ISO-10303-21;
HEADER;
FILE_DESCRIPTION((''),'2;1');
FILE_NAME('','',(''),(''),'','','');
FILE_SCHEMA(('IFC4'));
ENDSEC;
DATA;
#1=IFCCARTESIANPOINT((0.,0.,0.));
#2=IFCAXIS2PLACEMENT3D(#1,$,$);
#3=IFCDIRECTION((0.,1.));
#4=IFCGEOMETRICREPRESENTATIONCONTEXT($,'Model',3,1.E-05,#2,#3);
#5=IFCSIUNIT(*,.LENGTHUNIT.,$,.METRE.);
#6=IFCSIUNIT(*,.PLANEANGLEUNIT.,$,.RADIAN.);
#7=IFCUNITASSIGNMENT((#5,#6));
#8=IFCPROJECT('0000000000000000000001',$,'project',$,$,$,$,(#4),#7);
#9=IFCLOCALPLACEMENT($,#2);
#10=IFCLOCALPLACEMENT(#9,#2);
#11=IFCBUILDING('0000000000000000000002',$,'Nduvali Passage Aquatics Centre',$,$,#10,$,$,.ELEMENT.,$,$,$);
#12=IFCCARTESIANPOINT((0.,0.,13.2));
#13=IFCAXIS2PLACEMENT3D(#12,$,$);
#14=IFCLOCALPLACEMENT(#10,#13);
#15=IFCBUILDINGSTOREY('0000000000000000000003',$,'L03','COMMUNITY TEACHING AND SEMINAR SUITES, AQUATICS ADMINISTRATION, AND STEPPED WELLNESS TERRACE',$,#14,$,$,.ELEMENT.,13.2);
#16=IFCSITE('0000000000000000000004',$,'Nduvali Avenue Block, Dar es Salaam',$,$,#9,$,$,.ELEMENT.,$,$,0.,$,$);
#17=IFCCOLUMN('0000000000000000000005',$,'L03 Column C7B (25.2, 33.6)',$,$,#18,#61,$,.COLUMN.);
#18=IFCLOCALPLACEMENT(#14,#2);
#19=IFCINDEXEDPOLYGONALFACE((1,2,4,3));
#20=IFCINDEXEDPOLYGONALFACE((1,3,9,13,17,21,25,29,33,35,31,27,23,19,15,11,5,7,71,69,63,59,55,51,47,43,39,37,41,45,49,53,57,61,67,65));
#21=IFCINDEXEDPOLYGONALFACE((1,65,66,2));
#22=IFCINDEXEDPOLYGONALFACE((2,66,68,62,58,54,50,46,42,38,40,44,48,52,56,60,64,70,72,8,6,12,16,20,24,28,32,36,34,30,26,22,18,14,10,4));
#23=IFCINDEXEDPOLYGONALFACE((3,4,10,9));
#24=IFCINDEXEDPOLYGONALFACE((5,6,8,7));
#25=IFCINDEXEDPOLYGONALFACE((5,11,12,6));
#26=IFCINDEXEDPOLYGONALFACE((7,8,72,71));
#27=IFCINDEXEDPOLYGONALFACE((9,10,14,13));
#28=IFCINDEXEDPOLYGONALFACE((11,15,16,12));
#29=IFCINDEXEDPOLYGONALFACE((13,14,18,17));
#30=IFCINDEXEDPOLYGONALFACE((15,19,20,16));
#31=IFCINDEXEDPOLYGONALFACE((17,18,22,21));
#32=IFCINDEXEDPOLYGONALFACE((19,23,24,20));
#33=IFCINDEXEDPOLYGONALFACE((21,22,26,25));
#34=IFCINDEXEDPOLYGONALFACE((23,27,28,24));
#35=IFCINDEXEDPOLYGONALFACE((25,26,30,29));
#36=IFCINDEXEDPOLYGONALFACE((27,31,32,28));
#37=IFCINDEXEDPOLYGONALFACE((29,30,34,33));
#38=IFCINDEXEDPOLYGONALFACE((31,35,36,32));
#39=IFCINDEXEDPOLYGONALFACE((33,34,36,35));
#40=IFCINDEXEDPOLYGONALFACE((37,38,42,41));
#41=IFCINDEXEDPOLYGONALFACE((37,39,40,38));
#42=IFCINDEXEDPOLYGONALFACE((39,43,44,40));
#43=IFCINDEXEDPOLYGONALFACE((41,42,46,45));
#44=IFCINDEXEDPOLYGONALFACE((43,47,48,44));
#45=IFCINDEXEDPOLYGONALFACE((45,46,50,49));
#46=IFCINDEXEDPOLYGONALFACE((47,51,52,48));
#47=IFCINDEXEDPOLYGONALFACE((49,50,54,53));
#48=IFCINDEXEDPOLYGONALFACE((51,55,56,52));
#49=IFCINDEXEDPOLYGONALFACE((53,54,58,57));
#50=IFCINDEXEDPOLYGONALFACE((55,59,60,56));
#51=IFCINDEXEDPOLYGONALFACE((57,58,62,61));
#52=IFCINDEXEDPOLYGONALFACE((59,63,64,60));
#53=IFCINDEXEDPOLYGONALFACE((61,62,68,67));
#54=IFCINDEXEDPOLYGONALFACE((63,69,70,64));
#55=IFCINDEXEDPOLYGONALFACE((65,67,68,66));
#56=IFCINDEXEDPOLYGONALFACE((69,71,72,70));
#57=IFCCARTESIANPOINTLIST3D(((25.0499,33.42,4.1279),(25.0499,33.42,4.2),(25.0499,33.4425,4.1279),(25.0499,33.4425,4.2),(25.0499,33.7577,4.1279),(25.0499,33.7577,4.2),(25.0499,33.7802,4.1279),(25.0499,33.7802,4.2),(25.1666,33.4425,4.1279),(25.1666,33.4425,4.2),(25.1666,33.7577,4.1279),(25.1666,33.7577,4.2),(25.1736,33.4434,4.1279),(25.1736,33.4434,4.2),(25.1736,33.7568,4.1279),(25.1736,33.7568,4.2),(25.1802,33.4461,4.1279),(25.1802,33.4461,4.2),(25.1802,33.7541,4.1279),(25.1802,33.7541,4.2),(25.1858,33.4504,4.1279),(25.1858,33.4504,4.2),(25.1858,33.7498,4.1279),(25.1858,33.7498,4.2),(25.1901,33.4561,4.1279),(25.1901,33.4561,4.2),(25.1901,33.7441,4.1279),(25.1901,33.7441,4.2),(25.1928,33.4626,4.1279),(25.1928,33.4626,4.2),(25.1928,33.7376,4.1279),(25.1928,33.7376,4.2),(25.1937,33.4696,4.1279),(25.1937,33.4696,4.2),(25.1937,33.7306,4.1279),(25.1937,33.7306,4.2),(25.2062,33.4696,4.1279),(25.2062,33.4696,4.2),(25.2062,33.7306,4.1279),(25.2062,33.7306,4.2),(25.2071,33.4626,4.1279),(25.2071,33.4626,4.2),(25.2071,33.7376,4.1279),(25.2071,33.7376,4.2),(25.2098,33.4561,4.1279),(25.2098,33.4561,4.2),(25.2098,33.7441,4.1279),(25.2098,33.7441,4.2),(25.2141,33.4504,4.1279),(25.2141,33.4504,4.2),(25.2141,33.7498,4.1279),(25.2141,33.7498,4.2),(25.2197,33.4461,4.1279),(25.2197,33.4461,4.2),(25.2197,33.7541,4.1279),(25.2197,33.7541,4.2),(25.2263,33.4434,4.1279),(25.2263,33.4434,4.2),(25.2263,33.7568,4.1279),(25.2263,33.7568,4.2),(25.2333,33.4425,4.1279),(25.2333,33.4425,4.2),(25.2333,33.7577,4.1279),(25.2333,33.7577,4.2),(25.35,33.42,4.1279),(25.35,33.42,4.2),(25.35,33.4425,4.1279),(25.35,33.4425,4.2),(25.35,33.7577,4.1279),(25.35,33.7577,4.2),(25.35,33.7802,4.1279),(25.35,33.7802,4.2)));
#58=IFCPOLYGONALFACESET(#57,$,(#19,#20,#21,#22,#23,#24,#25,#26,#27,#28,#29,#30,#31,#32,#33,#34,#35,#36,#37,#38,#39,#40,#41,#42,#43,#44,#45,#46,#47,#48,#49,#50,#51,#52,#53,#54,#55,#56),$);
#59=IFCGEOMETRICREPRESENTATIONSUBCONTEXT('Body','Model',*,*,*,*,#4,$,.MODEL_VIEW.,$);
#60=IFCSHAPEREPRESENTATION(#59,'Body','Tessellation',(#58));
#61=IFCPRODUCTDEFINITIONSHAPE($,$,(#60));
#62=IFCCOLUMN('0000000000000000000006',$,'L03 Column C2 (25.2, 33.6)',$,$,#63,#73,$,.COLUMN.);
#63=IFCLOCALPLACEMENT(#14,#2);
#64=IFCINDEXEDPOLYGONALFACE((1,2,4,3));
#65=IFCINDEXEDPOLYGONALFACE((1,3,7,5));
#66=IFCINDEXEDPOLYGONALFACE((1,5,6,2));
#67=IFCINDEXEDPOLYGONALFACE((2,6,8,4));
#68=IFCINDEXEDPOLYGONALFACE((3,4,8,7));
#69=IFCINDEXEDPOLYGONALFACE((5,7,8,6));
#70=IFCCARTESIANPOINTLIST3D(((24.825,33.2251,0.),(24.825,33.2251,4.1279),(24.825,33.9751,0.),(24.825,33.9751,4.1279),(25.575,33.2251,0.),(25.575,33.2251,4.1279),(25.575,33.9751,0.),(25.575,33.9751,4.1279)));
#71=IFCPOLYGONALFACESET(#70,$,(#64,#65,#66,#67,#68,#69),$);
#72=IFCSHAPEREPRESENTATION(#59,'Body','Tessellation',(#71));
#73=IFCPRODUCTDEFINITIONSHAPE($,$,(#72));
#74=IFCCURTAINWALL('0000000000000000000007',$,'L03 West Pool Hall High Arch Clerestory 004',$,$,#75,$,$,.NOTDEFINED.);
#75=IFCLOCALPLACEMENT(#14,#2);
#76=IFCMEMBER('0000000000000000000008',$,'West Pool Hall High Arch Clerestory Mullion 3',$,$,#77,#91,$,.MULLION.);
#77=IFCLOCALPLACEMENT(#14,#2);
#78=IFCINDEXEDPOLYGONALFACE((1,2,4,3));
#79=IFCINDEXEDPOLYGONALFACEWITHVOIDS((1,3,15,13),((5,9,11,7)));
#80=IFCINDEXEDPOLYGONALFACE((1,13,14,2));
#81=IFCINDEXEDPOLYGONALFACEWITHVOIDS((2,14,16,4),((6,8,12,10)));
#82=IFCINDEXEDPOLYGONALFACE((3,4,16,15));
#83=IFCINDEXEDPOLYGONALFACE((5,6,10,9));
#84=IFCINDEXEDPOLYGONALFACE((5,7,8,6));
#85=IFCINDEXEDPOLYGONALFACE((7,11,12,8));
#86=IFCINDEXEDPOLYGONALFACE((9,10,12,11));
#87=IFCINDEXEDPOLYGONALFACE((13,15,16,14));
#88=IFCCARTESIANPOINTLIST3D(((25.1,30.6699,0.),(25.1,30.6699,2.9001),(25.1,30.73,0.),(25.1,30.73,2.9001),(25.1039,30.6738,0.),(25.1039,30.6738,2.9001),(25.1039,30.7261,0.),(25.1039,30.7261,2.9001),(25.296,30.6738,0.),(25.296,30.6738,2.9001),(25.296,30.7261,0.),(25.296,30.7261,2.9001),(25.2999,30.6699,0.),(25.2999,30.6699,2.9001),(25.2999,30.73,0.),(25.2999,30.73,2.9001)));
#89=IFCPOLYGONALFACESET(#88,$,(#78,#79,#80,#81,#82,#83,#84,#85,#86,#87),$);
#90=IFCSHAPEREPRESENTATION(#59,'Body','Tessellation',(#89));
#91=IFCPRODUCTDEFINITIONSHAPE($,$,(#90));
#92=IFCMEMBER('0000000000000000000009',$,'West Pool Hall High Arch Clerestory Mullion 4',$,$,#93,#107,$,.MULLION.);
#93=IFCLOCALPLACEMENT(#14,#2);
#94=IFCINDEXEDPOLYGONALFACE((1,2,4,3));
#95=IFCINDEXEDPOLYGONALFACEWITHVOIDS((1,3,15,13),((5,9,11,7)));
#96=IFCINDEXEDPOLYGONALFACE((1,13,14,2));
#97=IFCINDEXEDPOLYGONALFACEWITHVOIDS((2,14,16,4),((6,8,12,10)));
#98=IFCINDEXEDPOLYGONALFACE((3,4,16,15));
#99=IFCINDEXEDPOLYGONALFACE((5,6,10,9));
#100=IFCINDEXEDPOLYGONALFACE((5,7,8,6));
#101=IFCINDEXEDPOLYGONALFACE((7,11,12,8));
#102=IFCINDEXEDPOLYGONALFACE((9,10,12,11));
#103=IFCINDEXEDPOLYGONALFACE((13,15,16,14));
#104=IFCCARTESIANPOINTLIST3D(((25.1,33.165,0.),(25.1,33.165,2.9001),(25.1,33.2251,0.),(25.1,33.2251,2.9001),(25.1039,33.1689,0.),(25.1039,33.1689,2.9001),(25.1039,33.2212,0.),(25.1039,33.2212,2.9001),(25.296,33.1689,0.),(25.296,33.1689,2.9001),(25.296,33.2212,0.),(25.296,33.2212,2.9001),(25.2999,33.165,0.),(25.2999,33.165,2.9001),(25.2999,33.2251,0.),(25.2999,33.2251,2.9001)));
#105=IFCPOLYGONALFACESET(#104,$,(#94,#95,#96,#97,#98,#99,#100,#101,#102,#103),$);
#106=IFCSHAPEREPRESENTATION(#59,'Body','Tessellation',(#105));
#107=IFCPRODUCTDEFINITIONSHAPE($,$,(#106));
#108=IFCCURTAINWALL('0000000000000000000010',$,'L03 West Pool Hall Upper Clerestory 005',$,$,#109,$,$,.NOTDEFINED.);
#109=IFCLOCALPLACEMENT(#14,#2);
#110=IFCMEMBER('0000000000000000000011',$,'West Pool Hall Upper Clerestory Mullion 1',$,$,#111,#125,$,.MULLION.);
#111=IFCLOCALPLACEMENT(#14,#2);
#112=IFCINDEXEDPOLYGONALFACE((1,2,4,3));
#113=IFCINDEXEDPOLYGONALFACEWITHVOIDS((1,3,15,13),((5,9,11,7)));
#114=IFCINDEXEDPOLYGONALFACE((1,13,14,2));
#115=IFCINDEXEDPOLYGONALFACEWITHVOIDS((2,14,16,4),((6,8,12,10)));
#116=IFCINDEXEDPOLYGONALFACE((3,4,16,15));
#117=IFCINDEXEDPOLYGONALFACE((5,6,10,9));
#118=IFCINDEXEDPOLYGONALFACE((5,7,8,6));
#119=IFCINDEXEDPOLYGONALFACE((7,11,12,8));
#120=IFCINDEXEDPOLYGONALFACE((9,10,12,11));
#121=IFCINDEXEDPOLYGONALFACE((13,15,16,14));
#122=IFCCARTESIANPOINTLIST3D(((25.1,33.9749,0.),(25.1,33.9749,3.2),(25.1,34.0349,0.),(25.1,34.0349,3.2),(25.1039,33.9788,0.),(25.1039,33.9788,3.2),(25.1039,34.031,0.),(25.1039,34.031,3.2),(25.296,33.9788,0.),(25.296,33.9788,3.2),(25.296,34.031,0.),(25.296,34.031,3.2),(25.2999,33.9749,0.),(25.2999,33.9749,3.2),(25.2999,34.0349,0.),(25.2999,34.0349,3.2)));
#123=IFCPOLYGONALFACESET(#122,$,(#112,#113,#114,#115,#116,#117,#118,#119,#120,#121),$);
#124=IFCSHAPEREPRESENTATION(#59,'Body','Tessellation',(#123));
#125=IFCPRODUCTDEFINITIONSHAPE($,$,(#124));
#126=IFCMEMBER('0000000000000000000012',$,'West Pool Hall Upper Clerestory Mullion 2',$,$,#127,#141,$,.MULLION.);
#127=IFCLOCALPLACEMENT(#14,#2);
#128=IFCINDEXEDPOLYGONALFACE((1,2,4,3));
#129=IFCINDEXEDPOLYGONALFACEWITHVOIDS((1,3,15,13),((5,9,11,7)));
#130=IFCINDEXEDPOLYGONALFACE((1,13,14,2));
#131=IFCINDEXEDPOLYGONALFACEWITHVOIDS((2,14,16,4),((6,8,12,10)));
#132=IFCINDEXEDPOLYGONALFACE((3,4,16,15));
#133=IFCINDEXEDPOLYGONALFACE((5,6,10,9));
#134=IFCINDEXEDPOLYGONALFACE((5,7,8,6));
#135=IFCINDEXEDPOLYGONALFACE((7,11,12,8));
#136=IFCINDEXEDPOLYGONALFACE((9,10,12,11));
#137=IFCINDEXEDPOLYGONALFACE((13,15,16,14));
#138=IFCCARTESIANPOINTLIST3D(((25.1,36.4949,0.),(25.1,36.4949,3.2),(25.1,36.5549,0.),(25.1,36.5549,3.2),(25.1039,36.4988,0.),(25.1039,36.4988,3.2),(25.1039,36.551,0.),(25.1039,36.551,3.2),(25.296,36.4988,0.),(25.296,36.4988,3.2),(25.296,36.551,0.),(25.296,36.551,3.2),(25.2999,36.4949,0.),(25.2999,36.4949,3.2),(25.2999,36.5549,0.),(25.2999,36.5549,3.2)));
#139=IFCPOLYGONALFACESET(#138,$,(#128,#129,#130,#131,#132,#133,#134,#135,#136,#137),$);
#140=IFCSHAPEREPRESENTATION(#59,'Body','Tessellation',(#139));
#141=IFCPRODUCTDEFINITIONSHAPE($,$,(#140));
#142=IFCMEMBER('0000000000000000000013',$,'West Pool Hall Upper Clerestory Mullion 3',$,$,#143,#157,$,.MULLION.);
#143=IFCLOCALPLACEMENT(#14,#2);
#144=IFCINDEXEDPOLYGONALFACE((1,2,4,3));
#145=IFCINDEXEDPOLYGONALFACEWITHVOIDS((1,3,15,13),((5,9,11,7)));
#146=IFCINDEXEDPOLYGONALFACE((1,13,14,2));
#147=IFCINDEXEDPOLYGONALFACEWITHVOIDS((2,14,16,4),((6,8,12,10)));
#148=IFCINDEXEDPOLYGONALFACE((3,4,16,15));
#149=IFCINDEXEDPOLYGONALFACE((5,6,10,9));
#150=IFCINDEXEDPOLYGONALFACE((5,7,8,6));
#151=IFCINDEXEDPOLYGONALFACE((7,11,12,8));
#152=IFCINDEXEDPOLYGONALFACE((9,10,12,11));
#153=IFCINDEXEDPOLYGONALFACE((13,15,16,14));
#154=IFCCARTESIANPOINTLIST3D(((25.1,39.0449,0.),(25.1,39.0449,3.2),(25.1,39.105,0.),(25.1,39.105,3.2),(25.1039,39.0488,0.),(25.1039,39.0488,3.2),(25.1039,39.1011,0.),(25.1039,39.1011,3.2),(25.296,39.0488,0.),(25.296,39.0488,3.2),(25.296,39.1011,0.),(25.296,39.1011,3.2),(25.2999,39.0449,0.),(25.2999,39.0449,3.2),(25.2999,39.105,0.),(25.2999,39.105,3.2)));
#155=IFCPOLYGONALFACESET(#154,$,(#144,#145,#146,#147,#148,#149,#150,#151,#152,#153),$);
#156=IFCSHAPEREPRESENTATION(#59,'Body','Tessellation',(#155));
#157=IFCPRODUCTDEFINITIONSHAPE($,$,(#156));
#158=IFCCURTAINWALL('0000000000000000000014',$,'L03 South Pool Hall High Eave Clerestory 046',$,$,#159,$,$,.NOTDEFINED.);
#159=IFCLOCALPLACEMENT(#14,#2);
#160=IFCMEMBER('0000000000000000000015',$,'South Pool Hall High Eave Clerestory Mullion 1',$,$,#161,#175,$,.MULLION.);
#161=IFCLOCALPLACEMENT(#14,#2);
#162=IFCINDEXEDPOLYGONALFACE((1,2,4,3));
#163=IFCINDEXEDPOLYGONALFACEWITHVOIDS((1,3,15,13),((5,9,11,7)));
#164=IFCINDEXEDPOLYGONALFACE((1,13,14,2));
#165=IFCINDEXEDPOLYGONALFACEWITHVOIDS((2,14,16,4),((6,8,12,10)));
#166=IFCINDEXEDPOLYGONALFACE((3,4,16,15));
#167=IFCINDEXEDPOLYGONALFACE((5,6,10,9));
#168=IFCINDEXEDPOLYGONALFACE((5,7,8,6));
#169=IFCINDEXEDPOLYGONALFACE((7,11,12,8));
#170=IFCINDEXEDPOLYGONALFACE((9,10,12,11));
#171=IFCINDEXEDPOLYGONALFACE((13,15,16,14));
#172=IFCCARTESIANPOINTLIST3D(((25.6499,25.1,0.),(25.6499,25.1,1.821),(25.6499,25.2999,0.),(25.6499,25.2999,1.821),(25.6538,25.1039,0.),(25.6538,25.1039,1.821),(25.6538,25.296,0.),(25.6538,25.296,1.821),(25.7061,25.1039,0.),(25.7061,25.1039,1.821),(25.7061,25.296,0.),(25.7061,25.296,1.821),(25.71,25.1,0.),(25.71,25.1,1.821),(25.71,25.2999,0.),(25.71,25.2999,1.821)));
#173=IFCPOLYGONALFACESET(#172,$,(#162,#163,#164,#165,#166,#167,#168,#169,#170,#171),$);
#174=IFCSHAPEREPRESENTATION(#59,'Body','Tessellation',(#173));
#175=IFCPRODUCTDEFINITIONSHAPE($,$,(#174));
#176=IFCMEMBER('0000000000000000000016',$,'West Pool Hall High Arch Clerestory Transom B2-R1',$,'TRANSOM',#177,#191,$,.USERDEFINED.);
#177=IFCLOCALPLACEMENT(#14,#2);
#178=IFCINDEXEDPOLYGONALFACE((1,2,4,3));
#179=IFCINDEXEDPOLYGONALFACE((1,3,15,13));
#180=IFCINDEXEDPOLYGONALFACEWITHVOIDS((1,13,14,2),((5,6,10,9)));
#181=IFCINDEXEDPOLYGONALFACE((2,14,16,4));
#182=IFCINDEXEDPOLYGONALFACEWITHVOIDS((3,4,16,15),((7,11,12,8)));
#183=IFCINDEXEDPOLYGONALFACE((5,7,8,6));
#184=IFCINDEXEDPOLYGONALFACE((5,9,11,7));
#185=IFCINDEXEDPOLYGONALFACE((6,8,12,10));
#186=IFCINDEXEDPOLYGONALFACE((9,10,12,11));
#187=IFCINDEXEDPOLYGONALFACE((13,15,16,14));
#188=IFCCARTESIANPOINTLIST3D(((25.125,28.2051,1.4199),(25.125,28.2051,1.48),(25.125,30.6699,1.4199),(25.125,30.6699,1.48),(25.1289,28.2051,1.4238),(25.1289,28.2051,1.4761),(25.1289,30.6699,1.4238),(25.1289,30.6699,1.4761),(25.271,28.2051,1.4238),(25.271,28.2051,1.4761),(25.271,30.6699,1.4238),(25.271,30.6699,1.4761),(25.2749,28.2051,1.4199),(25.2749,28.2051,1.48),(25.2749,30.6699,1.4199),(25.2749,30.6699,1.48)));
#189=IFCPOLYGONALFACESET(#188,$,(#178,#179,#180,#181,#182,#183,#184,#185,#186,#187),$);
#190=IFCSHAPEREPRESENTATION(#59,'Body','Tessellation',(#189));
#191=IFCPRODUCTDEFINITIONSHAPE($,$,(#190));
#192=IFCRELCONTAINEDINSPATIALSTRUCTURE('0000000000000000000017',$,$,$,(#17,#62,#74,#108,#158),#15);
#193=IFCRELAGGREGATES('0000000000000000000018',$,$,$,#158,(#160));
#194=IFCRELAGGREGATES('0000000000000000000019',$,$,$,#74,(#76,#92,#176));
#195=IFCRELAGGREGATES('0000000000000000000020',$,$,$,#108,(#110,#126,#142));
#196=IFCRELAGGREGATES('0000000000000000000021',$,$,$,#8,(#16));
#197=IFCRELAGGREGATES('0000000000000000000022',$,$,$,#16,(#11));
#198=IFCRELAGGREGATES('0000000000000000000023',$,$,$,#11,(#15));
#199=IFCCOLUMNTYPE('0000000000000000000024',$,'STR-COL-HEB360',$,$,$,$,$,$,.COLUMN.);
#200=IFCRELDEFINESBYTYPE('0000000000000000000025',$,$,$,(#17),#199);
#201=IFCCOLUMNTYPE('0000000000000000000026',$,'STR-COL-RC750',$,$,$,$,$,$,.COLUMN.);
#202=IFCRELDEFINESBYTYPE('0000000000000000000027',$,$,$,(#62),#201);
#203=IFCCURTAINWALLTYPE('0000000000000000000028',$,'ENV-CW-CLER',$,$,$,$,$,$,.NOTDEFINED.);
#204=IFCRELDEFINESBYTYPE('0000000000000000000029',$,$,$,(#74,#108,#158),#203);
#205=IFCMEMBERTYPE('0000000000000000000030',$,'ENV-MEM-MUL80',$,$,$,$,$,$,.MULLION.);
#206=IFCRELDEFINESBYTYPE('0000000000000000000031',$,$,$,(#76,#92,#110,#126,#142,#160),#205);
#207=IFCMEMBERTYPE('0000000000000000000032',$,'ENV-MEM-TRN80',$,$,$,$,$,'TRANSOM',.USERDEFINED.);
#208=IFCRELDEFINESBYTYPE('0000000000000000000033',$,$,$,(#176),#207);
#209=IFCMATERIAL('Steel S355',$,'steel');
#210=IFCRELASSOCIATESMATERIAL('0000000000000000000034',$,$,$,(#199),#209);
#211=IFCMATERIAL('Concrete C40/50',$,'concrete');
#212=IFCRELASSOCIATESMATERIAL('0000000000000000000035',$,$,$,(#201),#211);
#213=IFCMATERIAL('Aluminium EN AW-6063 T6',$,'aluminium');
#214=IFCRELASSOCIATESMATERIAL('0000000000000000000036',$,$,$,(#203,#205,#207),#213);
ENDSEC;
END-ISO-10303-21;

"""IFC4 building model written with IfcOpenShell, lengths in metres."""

from ifc_helpers import new_model, si_unit, direction, frame, origin, origin_2d, place, context, subcontext, project, spatial, rectangle, hollow_rectangle, i_section, extrude, material, material_profile, profile_set, type_object, element, aggregate, save


model = new_model("IFC4")

# Units and contexts
model_context = context("Model", 3, precision=1e-05, world=origin(), true_north=direction((0.0, 1.0)))
body_context = subcontext(model_context, "Body", "Model", "MODEL_VIEW")
ifc_project = project(units=[si_unit("LENGTHUNIT", "METRE"), si_unit("PLANEANGLEUNIT", "RADIAN")], contexts=[model_context])

# Site, building, storey
site_placement = place(None, origin())
site = spatial("IfcSite", under=ifc_project, at=site_placement, Name="Nduvali Avenue Block, Dar es Salaam", CompositionType="ELEMENT", RefElevation=0.0)
building_placement = place(site_placement, origin())
building = spatial("IfcBuilding", under=site, at=building_placement, Name="Nduvali Passage Aquatics Centre", CompositionType="ELEMENT")
storey_placement = place(building_placement, frame((0.0, 0.0, 13.2)))
storey = spatial("IfcBuildingStorey", under=building, at=storey_placement, Name="L03", Description="COMMUNITY TEACHING AND SEMINAR SUITES, AQUATICS ADMINISTRATION, AND STEPPED WELLNESS TERRACE", CompositionType="ELEMENT", Elevation=13.2)

# Columns
ifc_material_1 = material(Name="Steel S355", Category="steel")
ifc_material_profile_1 = material_profile(ifc_material_1, i_section(OverallWidth=0.3, OverallDepth=0.3601, WebThickness=0.0125, FlangeThickness=0.0225, FilletRadius=0.0271, at=origin_2d()), Name="HEB 360")
ifc_profile_set_1 = profile_set([ifc_material_profile_1], Name="Steel S355")
column_type_1 = type_object("IfcColumnType", Name="STR-COL-HEB360", PredefinedType="COLUMN", material=ifc_profile_set_1)
column_1_placement = place(storey_placement, frame((25.2, 33.6001, 4.1279), z_axis=(0.0, 0.0, 1.0), x_axis=(1.0, 0.0, 0.0)))
element("IfcColumn", 1, at=column_1_placement, inside=storey, type_object=column_type_1, Name="L03 Column C7B (25.2, 33.6)", PredefinedType="COLUMN", context=body_context, shape_type="SweptSolid", body=[
    extrude(i_section(OverallWidth=0.3, OverallDepth=0.3601, WebThickness=0.0125, FlangeThickness=0.0225, FilletRadius=0.0271, at=origin_2d()), origin(), (0.0, 0.0, 1.0), 0.072),
])
ifc_material_2 = material(Name="Concrete C40/50", Category="concrete")
ifc_material_profile_2 = material_profile(ifc_material_2, rectangle(XDim=0.75, YDim=0.75, at=origin_2d()), Name="RC 750x750")
ifc_profile_set_2 = profile_set([ifc_material_profile_2], Name="Concrete C40/50")
column_type_2 = type_object("IfcColumnType", Name="STR-COL-RC750", PredefinedType="COLUMN", material=ifc_profile_set_2)
column_2_placement = place(storey_placement, frame((25.2, 33.6001, 0.0), z_axis=(0.0, 0.0, 1.0), x_axis=(1.0, 0.0, 0.0)))
element("IfcColumn", 2, at=column_2_placement, inside=storey, type_object=column_type_2, Name="L03 Column C2 (25.2, 33.6)", PredefinedType="COLUMN", context=body_context, shape_type="SweptSolid", body=[
    extrude(rectangle(XDim=0.75, YDim=0.75, at=origin_2d()), origin(), (0.0, 0.0, 1.0), 4.1279),
])

# Curtain walls, members
ifc_material_3 = material(Name="Aluminium EN AW-6063 T6", Category="aluminium")
curtain_wall_type = type_object("IfcCurtainWallType", Name="ENV-CW-CLER", PredefinedType="NOTDEFINED", material=ifc_material_3)
curtain_wall_1_placement = place(storey_placement, origin())
curtain_wall_1 = element("IfcCurtainWall", 3, at=curtain_wall_1_placement, inside=storey, type_object=curtain_wall_type, Name="L03 West Pool Hall High Arch Clerestory 004", PredefinedType="NOTDEFINED")
ifc_material_profile_3 = material_profile(ifc_material_3, hollow_rectangle(XDim=0.0601, YDim=0.2, WallThickness=0.0039, at=origin_2d()), Name="ALU MULLION 60x200x4")
ifc_profile_set_3 = profile_set([ifc_material_profile_3], Name="Aluminium EN AW-6063 T6")
member_type_1 = type_object("IfcMemberType", Name="ENV-MEM-MUL80", PredefinedType="MULLION", material=ifc_profile_set_3)
member_1_placement = place(storey_placement, frame((25.2, 30.7, 0.0), z_axis=(0.0, 0.0, 1.0), x_axis=(0.0, 1.0, 0.0)))
member_1 = element("IfcMember", 4, at=member_1_placement, type_object=member_type_1, Name="West Pool Hall High Arch Clerestory Mullion 3", PredefinedType="MULLION", context=body_context, shape_type="SweptSolid", body=[
    extrude(hollow_rectangle(XDim=0.0601, YDim=0.2, WallThickness=0.0039, at=origin_2d()), origin(), (0.0, 0.0, 1.0), 2.9001),
])
member_2_placement = place(storey_placement, frame((25.2, 33.1951, 0.0), z_axis=(0.0, 0.0, 1.0), x_axis=(0.0, 1.0, 0.0)))
member_2 = element("IfcMember", 5, at=member_2_placement, type_object=member_type_1, Name="West Pool Hall High Arch Clerestory Mullion 4", PredefinedType="MULLION", context=body_context, shape_type="SweptSolid", body=[
    extrude(hollow_rectangle(XDim=0.0601, YDim=0.2, WallThickness=0.0039, at=origin_2d()), origin(), (0.0, 0.0, 1.0), 2.9001),
])
curtain_wall_2_placement = place(storey_placement, origin())
curtain_wall_2 = element("IfcCurtainWall", 6, at=curtain_wall_2_placement, inside=storey, type_object=curtain_wall_type, Name="L03 West Pool Hall Upper Clerestory 005", PredefinedType="NOTDEFINED")
member_3_placement = place(storey_placement, frame((25.2, 34.0049, 0.0), z_axis=(0.0, 0.0, 1.0), x_axis=(0.0, 1.0, 0.0)))
member_3 = element("IfcMember", 7, at=member_3_placement, type_object=member_type_1, Name="West Pool Hall Upper Clerestory Mullion 1", PredefinedType="MULLION", context=body_context, shape_type="SweptSolid", body=[
    extrude(hollow_rectangle(XDim=0.0601, YDim=0.2, WallThickness=0.0039, at=origin_2d()), origin(), (0.0, 0.0, 1.0), 3.2),
])
member_4_placement = place(storey_placement, frame((25.2, 36.5249, 0.0), z_axis=(0.0, 0.0, 1.0), x_axis=(0.0, 1.0, 0.0)))
member_4 = element("IfcMember", 8, at=member_4_placement, type_object=member_type_1, Name="West Pool Hall Upper Clerestory Mullion 2", PredefinedType="MULLION", context=body_context, shape_type="SweptSolid", body=[
    extrude(hollow_rectangle(XDim=0.0601, YDim=0.2, WallThickness=0.0039, at=origin_2d()), origin(), (0.0, 0.0, 1.0), 3.2),
])
member_5_placement = place(storey_placement, frame((25.2, 39.075, 0.0), z_axis=(0.0, 0.0, 1.0), x_axis=(0.0, 1.0, 0.0)))
member_5 = element("IfcMember", 9, at=member_5_placement, type_object=member_type_1, Name="West Pool Hall Upper Clerestory Mullion 3", PredefinedType="MULLION", context=body_context, shape_type="SweptSolid", body=[
    extrude(hollow_rectangle(XDim=0.0601, YDim=0.2, WallThickness=0.0039, at=origin_2d()), origin(), (0.0, 0.0, 1.0), 3.2),
])

# Curtain wall, member
curtain_wall_3_placement = place(storey_placement, origin())
curtain_wall_3 = element("IfcCurtainWall", 10, at=curtain_wall_3_placement, inside=storey, type_object=curtain_wall_type, Name="L03 South Pool Hall High Eave Clerestory 046", PredefinedType="NOTDEFINED")
member_6_placement = place(storey_placement, frame((25.6799, 25.2, 0.0), z_axis=(0.0, 0.0, 1.0), x_axis=(1.0, 0.0, 0.0)))
member_6 = element("IfcMember", 11, at=member_6_placement, type_object=member_type_1, Name="South Pool Hall High Eave Clerestory Mullion 1", PredefinedType="MULLION", context=body_context, shape_type="SweptSolid", body=[
    extrude(hollow_rectangle(XDim=0.0601, YDim=0.2, WallThickness=0.0039, at=origin_2d()), origin(), (0.0, 0.0, 1.0), 1.821),
])
aggregate(curtain_wall_3, [member_6])

# Member
ifc_material_profile_4 = material_profile(ifc_material_3, hollow_rectangle(XDim=0.1499, YDim=0.0601, WallThickness=0.0039, at=origin_2d()), Name="ALU TRANSOM 150x60x4")
ifc_profile_set_4 = profile_set([ifc_material_profile_4], Name="Aluminium EN AW-6063 T6")
member_type_2 = type_object("IfcMemberType", Name="ENV-MEM-TRN80", ElementType="TRANSOM", PredefinedType="USERDEFINED", material=ifc_profile_set_4)
member_7_placement = place(storey_placement, frame((25.2, 28.2051, 1.45), z_axis=(0.0, 1.0, 0.0), x_axis=(-1.0, 0.0, 0.0)))
member_7 = element("IfcMember", 12, at=member_7_placement, type_object=member_type_2, Name="West Pool Hall High Arch Clerestory Transom B2-R1", ObjectType="TRANSOM", PredefinedType="USERDEFINED", context=body_context, shape_type="SweptSolid", body=[
    extrude(hollow_rectangle(XDim=0.1499, YDim=0.0601, WallThickness=0.0039, at=origin_2d()), origin(), (0.0, 0.0, 1.0), 2.4648),
])

aggregate(curtain_wall_1, [member_1, member_2, member_7])
aggregate(curtain_wall_2, [member_3, member_4, member_5])

save(model, "model.ifc")
